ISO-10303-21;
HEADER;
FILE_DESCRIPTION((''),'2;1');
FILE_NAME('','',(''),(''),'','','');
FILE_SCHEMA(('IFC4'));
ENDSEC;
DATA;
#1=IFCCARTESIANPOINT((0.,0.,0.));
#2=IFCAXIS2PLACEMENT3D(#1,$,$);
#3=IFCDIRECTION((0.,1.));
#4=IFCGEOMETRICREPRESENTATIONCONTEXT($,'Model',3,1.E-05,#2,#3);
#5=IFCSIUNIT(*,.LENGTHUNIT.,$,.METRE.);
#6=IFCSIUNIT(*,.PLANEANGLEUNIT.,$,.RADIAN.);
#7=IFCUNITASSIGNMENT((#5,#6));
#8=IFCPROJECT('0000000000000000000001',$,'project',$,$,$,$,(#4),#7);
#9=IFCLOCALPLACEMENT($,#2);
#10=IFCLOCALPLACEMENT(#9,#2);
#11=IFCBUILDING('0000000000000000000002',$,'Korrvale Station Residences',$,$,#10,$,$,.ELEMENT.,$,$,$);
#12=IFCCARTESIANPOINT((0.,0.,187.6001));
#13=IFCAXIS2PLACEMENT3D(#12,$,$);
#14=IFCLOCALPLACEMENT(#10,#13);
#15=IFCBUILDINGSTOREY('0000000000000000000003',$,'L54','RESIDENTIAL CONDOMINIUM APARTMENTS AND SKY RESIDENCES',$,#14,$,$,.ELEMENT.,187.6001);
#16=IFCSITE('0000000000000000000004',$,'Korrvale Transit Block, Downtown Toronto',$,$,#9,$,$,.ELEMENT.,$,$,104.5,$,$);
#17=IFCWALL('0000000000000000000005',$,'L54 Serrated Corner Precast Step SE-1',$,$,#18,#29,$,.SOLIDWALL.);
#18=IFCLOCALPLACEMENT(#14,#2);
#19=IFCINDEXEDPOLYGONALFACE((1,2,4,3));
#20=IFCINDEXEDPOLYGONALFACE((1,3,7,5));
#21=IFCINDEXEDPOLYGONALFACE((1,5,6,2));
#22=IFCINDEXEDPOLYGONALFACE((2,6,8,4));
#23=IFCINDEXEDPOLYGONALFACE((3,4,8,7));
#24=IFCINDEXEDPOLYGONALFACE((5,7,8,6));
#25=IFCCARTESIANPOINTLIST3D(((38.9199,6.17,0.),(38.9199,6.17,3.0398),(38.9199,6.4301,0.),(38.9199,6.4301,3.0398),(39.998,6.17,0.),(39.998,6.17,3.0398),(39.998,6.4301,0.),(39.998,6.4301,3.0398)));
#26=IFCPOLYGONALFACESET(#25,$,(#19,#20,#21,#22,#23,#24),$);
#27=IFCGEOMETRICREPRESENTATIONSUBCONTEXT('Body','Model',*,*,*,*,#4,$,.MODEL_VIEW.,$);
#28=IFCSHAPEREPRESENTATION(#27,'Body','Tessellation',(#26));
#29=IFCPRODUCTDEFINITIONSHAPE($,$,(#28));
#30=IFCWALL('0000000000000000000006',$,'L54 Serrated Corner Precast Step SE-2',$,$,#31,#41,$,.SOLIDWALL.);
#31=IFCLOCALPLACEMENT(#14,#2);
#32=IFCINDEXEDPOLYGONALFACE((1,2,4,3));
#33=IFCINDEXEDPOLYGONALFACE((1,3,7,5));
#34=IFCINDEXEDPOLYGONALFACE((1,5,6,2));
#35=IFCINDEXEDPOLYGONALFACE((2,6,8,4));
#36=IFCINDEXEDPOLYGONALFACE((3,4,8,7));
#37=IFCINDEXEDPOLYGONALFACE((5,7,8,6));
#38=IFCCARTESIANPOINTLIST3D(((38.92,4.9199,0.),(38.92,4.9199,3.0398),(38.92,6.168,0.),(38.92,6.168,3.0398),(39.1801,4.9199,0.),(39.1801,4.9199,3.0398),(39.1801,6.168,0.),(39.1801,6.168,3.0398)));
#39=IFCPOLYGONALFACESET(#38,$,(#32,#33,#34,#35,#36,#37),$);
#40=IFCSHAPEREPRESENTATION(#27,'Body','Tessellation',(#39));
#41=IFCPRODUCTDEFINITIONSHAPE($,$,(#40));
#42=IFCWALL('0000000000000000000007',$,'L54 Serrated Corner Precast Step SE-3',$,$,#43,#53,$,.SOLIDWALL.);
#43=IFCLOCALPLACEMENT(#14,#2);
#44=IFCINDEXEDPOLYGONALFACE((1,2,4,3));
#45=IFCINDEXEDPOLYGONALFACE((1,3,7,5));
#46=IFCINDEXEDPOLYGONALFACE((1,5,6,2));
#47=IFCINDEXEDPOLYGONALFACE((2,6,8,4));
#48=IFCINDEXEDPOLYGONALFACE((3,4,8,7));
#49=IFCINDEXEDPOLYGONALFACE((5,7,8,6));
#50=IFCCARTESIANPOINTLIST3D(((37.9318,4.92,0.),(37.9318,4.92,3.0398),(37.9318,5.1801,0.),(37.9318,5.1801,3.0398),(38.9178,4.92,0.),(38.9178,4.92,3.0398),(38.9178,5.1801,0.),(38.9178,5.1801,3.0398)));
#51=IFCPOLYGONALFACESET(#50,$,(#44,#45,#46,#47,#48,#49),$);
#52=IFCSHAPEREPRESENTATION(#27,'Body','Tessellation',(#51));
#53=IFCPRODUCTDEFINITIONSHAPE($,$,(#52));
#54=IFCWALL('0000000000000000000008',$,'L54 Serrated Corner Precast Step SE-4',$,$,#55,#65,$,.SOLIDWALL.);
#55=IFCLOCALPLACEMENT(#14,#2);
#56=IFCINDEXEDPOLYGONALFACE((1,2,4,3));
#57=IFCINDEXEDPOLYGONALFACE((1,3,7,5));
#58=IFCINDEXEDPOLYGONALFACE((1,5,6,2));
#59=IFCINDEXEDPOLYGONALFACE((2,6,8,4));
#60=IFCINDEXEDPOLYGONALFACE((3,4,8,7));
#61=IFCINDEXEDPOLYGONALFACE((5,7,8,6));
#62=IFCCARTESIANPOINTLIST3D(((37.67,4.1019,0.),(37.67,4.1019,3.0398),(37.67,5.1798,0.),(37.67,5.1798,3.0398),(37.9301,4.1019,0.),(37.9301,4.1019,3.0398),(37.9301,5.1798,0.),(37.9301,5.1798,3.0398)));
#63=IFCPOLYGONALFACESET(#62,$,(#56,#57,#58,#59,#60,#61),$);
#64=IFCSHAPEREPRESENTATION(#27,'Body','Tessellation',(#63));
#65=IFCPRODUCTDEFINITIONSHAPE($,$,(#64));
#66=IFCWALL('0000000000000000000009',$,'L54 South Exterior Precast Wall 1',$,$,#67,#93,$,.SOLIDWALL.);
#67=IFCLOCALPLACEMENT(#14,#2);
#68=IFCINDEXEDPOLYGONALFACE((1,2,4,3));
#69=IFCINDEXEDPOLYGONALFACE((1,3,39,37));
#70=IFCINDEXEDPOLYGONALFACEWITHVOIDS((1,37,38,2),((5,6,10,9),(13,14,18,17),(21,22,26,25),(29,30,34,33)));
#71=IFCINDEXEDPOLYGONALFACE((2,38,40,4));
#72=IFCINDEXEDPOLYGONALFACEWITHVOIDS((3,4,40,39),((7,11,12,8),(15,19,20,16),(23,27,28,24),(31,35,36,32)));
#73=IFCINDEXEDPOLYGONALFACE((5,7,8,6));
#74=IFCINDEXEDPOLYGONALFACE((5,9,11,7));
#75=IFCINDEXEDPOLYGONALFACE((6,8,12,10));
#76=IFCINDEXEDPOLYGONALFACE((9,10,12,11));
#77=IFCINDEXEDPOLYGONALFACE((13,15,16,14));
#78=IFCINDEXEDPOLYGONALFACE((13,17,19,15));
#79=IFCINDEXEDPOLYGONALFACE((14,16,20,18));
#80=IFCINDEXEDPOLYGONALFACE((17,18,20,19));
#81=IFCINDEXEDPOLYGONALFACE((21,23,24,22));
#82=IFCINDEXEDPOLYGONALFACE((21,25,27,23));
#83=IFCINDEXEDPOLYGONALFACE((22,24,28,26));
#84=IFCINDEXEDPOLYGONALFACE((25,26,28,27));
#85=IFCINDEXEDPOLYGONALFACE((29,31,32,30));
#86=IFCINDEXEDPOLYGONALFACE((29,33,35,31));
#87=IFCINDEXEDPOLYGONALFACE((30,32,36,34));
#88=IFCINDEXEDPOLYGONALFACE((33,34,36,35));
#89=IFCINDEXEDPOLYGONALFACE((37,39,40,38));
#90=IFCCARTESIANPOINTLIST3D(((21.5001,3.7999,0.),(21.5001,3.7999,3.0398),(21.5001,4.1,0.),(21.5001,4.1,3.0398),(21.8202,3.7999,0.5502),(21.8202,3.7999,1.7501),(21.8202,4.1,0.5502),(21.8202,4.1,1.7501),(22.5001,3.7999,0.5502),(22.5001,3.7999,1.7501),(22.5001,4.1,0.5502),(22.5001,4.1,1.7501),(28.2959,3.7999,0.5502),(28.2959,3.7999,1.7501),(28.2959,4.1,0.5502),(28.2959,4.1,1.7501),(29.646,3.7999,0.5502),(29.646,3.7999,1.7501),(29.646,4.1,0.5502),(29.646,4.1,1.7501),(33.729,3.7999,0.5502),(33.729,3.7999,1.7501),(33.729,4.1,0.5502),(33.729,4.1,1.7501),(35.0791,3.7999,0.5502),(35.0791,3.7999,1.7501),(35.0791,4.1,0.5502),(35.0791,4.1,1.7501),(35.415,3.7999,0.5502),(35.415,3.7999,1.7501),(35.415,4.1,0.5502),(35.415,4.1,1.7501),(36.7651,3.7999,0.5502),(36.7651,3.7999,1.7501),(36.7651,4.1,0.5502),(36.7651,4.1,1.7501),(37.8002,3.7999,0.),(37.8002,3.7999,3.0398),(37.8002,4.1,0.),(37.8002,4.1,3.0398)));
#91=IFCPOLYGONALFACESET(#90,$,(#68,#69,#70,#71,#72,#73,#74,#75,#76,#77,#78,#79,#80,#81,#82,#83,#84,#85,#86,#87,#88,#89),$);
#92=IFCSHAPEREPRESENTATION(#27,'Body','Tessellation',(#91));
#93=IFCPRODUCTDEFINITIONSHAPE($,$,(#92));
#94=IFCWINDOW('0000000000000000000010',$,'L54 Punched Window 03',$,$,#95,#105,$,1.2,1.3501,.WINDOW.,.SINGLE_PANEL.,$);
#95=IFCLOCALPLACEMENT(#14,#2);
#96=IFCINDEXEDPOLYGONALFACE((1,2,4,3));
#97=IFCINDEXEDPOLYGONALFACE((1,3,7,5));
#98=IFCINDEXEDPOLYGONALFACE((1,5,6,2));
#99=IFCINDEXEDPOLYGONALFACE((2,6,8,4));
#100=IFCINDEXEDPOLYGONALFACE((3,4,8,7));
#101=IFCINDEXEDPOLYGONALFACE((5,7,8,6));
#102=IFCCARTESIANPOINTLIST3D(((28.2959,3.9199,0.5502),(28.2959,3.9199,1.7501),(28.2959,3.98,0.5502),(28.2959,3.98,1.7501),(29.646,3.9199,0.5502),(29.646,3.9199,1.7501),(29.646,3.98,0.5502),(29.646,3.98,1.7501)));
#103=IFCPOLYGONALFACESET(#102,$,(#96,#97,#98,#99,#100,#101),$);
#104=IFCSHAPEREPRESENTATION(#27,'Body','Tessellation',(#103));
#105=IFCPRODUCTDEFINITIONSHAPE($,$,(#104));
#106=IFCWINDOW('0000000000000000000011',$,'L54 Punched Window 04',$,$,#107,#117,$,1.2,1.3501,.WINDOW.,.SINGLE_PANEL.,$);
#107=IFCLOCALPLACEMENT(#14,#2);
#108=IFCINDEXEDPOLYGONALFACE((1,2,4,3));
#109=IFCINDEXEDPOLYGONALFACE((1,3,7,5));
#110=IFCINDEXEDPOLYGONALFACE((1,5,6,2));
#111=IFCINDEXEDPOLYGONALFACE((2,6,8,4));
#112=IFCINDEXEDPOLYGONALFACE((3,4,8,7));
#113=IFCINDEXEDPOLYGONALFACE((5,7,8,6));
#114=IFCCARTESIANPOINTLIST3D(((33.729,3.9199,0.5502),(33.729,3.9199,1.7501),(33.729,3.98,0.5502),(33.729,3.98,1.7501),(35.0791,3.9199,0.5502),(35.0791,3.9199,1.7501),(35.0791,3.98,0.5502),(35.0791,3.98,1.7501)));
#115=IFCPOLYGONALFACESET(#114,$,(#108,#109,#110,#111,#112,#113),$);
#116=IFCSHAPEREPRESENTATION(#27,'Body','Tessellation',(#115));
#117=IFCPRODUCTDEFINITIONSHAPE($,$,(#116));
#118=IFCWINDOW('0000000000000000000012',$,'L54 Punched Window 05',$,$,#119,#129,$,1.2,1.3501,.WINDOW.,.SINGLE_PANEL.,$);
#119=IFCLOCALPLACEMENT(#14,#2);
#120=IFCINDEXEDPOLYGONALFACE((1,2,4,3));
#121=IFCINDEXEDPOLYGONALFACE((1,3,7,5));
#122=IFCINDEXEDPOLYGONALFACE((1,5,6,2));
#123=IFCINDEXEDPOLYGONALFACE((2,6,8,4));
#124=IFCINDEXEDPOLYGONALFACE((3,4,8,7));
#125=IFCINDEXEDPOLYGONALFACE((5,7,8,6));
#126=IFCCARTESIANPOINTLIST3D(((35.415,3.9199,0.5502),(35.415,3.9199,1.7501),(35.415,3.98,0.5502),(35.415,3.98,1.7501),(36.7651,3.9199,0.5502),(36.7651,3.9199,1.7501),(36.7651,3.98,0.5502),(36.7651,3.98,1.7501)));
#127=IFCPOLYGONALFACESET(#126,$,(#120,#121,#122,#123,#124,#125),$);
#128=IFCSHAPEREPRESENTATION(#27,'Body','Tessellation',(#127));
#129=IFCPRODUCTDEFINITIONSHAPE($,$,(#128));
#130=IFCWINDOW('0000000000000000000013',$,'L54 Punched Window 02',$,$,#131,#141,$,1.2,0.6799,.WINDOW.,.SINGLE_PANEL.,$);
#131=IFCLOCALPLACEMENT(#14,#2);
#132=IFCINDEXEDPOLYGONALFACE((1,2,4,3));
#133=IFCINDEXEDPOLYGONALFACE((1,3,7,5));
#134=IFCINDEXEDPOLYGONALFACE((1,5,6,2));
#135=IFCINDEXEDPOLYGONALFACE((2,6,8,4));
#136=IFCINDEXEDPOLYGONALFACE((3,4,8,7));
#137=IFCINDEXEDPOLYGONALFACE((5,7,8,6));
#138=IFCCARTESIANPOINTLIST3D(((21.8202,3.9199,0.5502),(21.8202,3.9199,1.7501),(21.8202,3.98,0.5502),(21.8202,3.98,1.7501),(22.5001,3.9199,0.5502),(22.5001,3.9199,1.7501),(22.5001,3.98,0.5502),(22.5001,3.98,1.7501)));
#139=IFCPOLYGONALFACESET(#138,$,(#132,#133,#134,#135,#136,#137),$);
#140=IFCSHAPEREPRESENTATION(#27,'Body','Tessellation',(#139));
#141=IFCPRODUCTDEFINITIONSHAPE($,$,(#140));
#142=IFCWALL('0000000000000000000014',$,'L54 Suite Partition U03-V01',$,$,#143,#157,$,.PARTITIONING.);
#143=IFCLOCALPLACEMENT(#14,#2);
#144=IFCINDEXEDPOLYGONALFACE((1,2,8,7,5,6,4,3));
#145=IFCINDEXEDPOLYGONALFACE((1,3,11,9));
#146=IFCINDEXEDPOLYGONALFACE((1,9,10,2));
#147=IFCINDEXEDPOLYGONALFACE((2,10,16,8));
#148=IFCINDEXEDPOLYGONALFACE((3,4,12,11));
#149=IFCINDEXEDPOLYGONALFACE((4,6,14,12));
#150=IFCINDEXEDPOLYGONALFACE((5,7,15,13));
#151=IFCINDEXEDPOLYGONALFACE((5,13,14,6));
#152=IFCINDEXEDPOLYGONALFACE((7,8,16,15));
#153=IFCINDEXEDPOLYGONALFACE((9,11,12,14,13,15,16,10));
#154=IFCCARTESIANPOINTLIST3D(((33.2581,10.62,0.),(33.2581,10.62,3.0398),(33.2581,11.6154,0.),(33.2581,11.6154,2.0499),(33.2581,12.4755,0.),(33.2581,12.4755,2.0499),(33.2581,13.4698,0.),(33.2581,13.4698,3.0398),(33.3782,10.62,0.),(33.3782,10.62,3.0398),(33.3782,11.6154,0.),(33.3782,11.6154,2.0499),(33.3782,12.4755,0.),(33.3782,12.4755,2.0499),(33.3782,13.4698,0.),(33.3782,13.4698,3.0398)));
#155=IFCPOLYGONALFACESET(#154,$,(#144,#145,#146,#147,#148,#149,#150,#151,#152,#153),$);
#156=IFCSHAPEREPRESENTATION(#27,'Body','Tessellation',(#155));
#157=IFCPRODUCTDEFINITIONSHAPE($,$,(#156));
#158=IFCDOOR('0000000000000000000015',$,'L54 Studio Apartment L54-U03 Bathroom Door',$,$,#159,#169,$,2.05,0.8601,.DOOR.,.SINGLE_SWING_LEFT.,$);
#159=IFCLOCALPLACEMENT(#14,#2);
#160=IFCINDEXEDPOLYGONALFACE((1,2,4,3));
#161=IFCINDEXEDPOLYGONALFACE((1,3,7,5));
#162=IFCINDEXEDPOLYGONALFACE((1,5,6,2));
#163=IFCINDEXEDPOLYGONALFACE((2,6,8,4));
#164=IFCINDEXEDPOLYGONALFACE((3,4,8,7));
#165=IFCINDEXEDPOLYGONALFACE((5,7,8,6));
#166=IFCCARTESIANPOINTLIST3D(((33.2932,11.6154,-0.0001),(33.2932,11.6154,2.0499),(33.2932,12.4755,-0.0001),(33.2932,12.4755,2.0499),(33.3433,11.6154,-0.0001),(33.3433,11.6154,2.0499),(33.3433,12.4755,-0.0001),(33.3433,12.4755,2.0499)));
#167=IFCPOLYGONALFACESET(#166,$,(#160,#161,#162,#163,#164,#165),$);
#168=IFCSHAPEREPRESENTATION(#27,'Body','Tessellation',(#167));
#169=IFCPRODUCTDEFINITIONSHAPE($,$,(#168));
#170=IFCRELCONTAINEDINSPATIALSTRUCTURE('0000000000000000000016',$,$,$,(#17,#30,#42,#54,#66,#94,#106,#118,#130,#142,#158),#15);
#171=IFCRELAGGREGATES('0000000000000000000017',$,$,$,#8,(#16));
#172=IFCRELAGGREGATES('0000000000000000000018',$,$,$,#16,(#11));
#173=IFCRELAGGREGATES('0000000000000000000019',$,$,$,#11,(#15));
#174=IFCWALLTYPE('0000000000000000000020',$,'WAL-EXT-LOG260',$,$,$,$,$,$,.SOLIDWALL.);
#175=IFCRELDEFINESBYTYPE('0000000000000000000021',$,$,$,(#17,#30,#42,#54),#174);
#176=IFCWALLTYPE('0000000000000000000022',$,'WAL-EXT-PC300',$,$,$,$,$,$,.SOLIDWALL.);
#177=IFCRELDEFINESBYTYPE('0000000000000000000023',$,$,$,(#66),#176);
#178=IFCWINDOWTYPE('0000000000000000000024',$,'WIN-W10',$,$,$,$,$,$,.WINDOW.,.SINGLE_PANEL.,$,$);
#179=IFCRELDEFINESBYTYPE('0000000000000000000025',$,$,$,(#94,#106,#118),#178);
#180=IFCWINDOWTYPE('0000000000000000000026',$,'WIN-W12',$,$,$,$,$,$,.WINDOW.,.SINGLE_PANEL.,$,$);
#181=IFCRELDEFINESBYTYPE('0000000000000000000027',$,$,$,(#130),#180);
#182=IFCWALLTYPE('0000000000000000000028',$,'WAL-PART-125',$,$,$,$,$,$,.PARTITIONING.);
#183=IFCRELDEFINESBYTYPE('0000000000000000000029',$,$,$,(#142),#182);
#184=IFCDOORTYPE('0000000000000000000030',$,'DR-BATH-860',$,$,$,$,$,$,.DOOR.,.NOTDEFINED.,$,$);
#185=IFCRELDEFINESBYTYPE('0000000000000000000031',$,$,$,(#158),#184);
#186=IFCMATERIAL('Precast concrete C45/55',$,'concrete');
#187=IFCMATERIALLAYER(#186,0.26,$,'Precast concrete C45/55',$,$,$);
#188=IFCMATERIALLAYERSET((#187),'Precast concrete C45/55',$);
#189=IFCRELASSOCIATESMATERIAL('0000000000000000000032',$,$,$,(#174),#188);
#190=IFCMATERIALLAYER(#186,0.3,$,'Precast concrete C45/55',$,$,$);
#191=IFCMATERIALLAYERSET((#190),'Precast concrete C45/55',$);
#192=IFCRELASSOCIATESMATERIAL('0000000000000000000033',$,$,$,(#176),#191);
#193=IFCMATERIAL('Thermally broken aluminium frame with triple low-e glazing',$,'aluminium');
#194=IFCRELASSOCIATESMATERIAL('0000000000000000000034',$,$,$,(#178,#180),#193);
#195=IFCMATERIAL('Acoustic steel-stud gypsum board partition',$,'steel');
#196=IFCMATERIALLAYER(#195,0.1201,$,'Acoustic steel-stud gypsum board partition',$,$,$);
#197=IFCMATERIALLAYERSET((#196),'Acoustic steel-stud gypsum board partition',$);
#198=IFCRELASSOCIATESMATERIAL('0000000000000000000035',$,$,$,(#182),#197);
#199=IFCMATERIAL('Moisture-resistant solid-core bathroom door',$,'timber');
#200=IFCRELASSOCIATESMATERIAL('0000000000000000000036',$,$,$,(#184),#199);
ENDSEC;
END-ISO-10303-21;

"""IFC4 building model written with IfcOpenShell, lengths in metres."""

from ifc_helpers import new_model, si_unit, direction, frame, frame_2d, origin, place, context, subcontext, project, spatial, rectangle, extrude, material, layer, layer_set, type_object, element, fill, save


model = new_model("IFC4")

# Units and contexts
model_context = context("Model", 3, precision=1e-05, world=origin(), true_north=direction((0.0, 1.0)))
body_context = subcontext(model_context, "Body", "Model", "MODEL_VIEW")
ifc_project = project(units=[si_unit("LENGTHUNIT", "METRE"), si_unit("PLANEANGLEUNIT", "RADIAN")], contexts=[model_context])

# Site, building, storey
site_placement = place(None, origin())
site = spatial("IfcSite", under=ifc_project, at=site_placement, Name="Korrvale Transit Block, Downtown Toronto", CompositionType="ELEMENT", RefElevation=104.5)
building_placement = place(site_placement, origin())
building = spatial("IfcBuilding", under=site, at=building_placement, Name="Korrvale Station Residences", CompositionType="ELEMENT")
storey_placement = place(building_placement, frame((0.0, 0.0, 187.6001)))
storey = spatial("IfcBuildingStorey", under=building, at=storey_placement, Name="L54", Description="RESIDENTIAL CONDOMINIUM APARTMENTS AND SKY RESIDENCES", CompositionType="ELEMENT", Elevation=187.6001)

# Walls
ifc_material_1 = material(Name="Precast concrete C45/55", Category="concrete")
ifc_layer_1 = layer(ifc_material_1, 0.26, Name="Precast concrete C45/55")
ifc_layer_set_1 = layer_set([ifc_layer_1], Name="Precast concrete C45/55")
wall_type_1 = type_object("IfcWallType", Name="WAL-EXT-LOG260", PredefinedType="SOLIDWALL", material=ifc_layer_set_1)
wall_1_placement = place(storey_placement, frame((39.998, 6.3, 0.0), z_axis=(0.0, 0.0, 1.0), x_axis=(-1.0, 0.0, 0.0)))
element("IfcWall", 1, at=wall_1_placement, inside=storey, type_object=wall_type_1, Name="L54 Serrated Corner Precast Step SE-1", PredefinedType="SOLIDWALL", context=body_context, shape_type="SweptSolid", body=[
    extrude(rectangle(XDim=1.0781, YDim=0.26, at=frame_2d((0.5391, 0.0))), origin(), (0.0, 0.0, 1.0), 3.0398),
])
wall_2_placement = place(storey_placement, frame((39.05, 6.168, 0.0), z_axis=(0.0, 0.0, 1.0), x_axis=(0.0, -1.0, 0.0)))
element("IfcWall", 2, at=wall_2_placement, inside=storey, type_object=wall_type_1, Name="L54 Serrated Corner Precast Step SE-2", PredefinedType="SOLIDWALL", context=body_context, shape_type="SweptSolid", body=[
    extrude(rectangle(XDim=1.248, YDim=0.26, at=frame_2d((0.624, 0.0))), origin(), (0.0, 0.0, 1.0), 3.0398),
])
wall_3_placement = place(storey_placement, frame((38.918, 5.05, 0.0), z_axis=(0.0, 0.0, 1.0), x_axis=(-1.0, 0.0, 0.0)))
element("IfcWall", 3, at=wall_3_placement, inside=storey, type_object=wall_type_1, Name="L54 Serrated Corner Precast Step SE-3", PredefinedType="SOLIDWALL", context=body_context, shape_type="SweptSolid", body=[
    extrude(rectangle(XDim=0.9861, YDim=0.26, at=frame_2d((0.4932, 0.0))), origin(), (0.0, 0.0, 1.0), 3.0398),
])
wall_4_placement = place(storey_placement, frame((37.8, 5.1799, 0.0), z_axis=(0.0, 0.0, 1.0), x_axis=(0.0, -1.0, 0.0)))
element("IfcWall", 4, at=wall_4_placement, inside=storey, type_object=wall_type_1, Name="L54 Serrated Corner Precast Step SE-4", PredefinedType="SOLIDWALL", context=body_context, shape_type="SweptSolid", body=[
    extrude(rectangle(XDim=1.0779, YDim=0.26, at=frame_2d((0.5391, 0.0))), origin(), (0.0, 0.0, 1.0), 3.0398),
])

# Wall, openings, windows
ifc_layer_2 = layer(ifc_material_1, 0.3, Name="Precast concrete C45/55")
ifc_layer_set_2 = layer_set([ifc_layer_2], Name="Precast concrete C45/55")
wall_type_2 = type_object("IfcWallType", Name="WAL-EXT-PC300", PredefinedType="SOLIDWALL", material=ifc_layer_set_2)
wall_5_placement = place(storey_placement, frame((37.8, 3.95, 0.0), z_axis=(0.0, 0.0, 1.0), x_axis=(-1.0, 0.0, 0.0)))
wall_5 = element("IfcWall", 5, at=wall_5_placement, inside=storey, type_object=wall_type_2, Name="L54 South Exterior Precast Wall 1", PredefinedType="SOLIDWALL", context=body_context, shape_type="SweptSolid", body=[
    extrude(rectangle(XDim=16.3, YDim=0.3, at=frame_2d((8.1499, 0.0))), origin(), (0.0, 0.0, 1.0), 3.0398),
])
opening_1_placement = place(wall_5_placement, frame((15.3, 0.0, 0.55)))
opening_1 = element("IfcOpeningElement", 6, at=opening_1_placement, cuts=wall_5, PredefinedType="OPENING", context=body_context, shape_type="SweptSolid", body=[
    extrude(rectangle(XDim=0.6799, YDim=1.2, at=frame_2d((0.3398, 0.6001))), frame((0.0, 0.1602, 0.0), z_axis=(0.0, -1.0, 0.0), x_axis=(1.0, 0.0, 0.0)), (0.0, 0.0, 1.0), 0.3201),
])
opening_2_placement = place(wall_5_placement, frame((8.1541, 0.0, 0.55)))
opening_2 = element("IfcOpeningElement", 7, at=opening_2_placement, cuts=wall_5, PredefinedType="OPENING", context=body_context, shape_type="SweptSolid", body=[
    extrude(rectangle(XDim=1.3501, YDim=1.2, at=frame_2d((0.675, 0.6001))), frame((0.0, 0.1602, 0.0), z_axis=(0.0, -1.0, 0.0), x_axis=(1.0, 0.0, 0.0)), (0.0, 0.0, 1.0), 0.3201),
])
opening_3_placement = place(wall_5_placement, frame((2.7209, 0.0, 0.55)))
opening_3 = element("IfcOpeningElement", 8, at=opening_3_placement, cuts=wall_5, PredefinedType="OPENING", context=body_context, shape_type="SweptSolid", body=[
    extrude(rectangle(XDim=1.3501, YDim=1.2, at=frame_2d((0.675, 0.6001))), frame((0.0, 0.1602, 0.0), z_axis=(0.0, -1.0, 0.0), x_axis=(1.0, 0.0, 0.0)), (0.0, 0.0, 1.0), 0.3201),
])
opening_4_placement = place(wall_5_placement, frame((1.0349, 0.0, 0.55)))
opening_4 = element("IfcOpeningElement", 9, at=opening_4_placement, cuts=wall_5, PredefinedType="OPENING", context=body_context, shape_type="SweptSolid", body=[
    extrude(rectangle(XDim=1.3501, YDim=1.2, at=frame_2d((0.675, 0.6001))), frame((0.0, 0.1602, 0.0), z_axis=(0.0, -1.0, 0.0), x_axis=(1.0, 0.0, 0.0)), (0.0, 0.0, 1.0), 0.3201),
])
ifc_material_2 = material(Name="Thermally broken aluminium frame with triple low-e glazing", Category="aluminium")
window_type_1 = type_object("IfcWindowType", Name="WIN-W10", PartitioningType="SINGLE_PANEL", PredefinedType="WINDOW", material=ifc_material_2)
window_1_placement = place(opening_2_placement, origin())
window_1 = element("IfcWindow", 10, at=window_1_placement, inside=storey, type_object=window_type_1, Name="L54 Punched Window 03", OverallHeight=1.2, OverallWidth=1.3501, PartitioningType="SINGLE_PANEL", PredefinedType="WINDOW", context=body_context, shape_type="SweptSolid", body=[
    extrude(rectangle(XDim=1.3501, YDim=1.2, at=frame_2d((0.675, 0.6001))), frame((0.0, 0.03, 0.0), z_axis=(0.0, -1.0, 0.0), x_axis=(1.0, 0.0, 0.0)), (0.0, 0.0, 1.0), 0.0601),
])
fill(opening_2, window_1)
window_2_placement = place(opening_3_placement, origin())
window_2 = element("IfcWindow", 11, at=window_2_placement, inside=storey, type_object=window_type_1, Name="L54 Punched Window 04", OverallHeight=1.2, OverallWidth=1.3501, PartitioningType="SINGLE_PANEL", PredefinedType="WINDOW", context=body_context, shape_type="SweptSolid", body=[
    extrude(rectangle(XDim=1.3501, YDim=1.2, at=frame_2d((0.675, 0.6001))), frame((0.0, 0.03, 0.0), z_axis=(0.0, -1.0, 0.0), x_axis=(1.0, 0.0, 0.0)), (0.0, 0.0, 1.0), 0.0601),
])
fill(opening_3, window_2)
window_3_placement = place(opening_4_placement, origin())
window_3 = element("IfcWindow", 12, at=window_3_placement, inside=storey, type_object=window_type_1, Name="L54 Punched Window 05", OverallHeight=1.2, OverallWidth=1.3501, PartitioningType="SINGLE_PANEL", PredefinedType="WINDOW", context=body_context, shape_type="SweptSolid", body=[
    extrude(rectangle(XDim=1.3501, YDim=1.2, at=frame_2d((0.675, 0.6001))), frame((0.0, 0.03, 0.0), z_axis=(0.0, -1.0, 0.0), x_axis=(1.0, 0.0, 0.0)), (0.0, 0.0, 1.0), 0.0601),
])
fill(opening_4, window_3)
window_type_2 = type_object("IfcWindowType", Name="WIN-W12", PartitioningType="SINGLE_PANEL", PredefinedType="WINDOW", material=ifc_material_2)
window_4_placement = place(opening_1_placement, origin())
window_4 = element("IfcWindow", 13, at=window_4_placement, inside=storey, type_object=window_type_2, Name="L54 Punched Window 02", OverallHeight=1.2, OverallWidth=0.6799, PartitioningType="SINGLE_PANEL", PredefinedType="WINDOW", context=body_context, shape_type="SweptSolid", body=[
    extrude(rectangle(XDim=0.6799, YDim=1.2, at=frame_2d((0.3398, 0.6001))), frame((0.0, 0.03, 0.0), z_axis=(0.0, -1.0, 0.0), x_axis=(1.0, 0.0, 0.0)), (0.0, 0.0, 1.0), 0.0601),
])
fill(opening_1, window_4)

# Wall, opening, door
ifc_material_3 = material(Name="Acoustic steel-stud gypsum board partition", Category="steel")
ifc_layer_3 = layer(ifc_material_3, 0.1201, Name="Acoustic steel-stud gypsum board partition")
ifc_layer_set_3 = layer_set([ifc_layer_3], Name="Acoustic steel-stud gypsum board partition")
wall_type_3 = type_object("IfcWallType", Name="WAL-PART-125", PredefinedType="PARTITIONING", material=ifc_layer_set_3)
wall_6_placement = place(storey_placement, frame((33.3181, 10.6201, 0.0), z_axis=(0.0, 0.0, 1.0), x_axis=(0.0, 1.0, 0.0)))
wall_6 = element("IfcWall", 14, at=wall_6_placement, inside=storey, type_object=wall_type_3, Name="L54 Suite Partition U03-V01", PredefinedType="PARTITIONING", context=body_context, shape_type="SweptSolid", body=[
    extrude(rectangle(XDim=2.8499, YDim=0.1201, at=frame_2d((1.4248, 0.0))), origin(), (0.0, 0.0, 1.0), 3.0398),
])
opening_5_placement = place(wall_6_placement, frame((0.9951, 0.0, 0.0)))
opening_5 = element("IfcOpeningElement", 15, at=opening_5_placement, cuts=wall_6, PredefinedType="OPENING", context=body_context, shape_type="SweptSolid", body=[
    extrude(rectangle(XDim=0.8601, YDim=2.05, at=frame_2d((0.4302, 1.0249))), frame((0.0, 0.0701, 0.0), z_axis=(0.0, -1.0, 0.0), x_axis=(1.0, 0.0, 0.0)), (0.0, 0.0, 1.0), 0.1401),
])
ifc_material_4 = material(Name="Moisture-resistant solid-core bathroom door", Category="timber")
door_type_1 = type_object("IfcDoorType", Name="DR-BATH-860", OperationType="NOTDEFINED", PredefinedType="DOOR", material=ifc_material_4)
door_1_placement = place(opening_5_placement, origin())
door_1 = element("IfcDoor", 16, at=door_1_placement, inside=storey, type_object=door_type_1, Name="L54 Studio Apartment L54-U03 Bathroom Door", OperationType="SINGLE_SWING_LEFT", OverallHeight=2.05, OverallWidth=0.8601, PredefinedType="DOOR", context=body_context, shape_type="SweptSolid", body=[
    extrude(rectangle(XDim=0.8601, YDim=2.05, at=frame_2d((0.4302, 1.0249))), frame((0.0, 0.0249, 0.0), z_axis=(0.0, -1.0, 0.0), x_axis=(1.0, 0.0, 0.0)), (0.0, 0.0, 1.0), 0.05),
])
fill(opening_5, door_1)

save(model, "model.ifc")
